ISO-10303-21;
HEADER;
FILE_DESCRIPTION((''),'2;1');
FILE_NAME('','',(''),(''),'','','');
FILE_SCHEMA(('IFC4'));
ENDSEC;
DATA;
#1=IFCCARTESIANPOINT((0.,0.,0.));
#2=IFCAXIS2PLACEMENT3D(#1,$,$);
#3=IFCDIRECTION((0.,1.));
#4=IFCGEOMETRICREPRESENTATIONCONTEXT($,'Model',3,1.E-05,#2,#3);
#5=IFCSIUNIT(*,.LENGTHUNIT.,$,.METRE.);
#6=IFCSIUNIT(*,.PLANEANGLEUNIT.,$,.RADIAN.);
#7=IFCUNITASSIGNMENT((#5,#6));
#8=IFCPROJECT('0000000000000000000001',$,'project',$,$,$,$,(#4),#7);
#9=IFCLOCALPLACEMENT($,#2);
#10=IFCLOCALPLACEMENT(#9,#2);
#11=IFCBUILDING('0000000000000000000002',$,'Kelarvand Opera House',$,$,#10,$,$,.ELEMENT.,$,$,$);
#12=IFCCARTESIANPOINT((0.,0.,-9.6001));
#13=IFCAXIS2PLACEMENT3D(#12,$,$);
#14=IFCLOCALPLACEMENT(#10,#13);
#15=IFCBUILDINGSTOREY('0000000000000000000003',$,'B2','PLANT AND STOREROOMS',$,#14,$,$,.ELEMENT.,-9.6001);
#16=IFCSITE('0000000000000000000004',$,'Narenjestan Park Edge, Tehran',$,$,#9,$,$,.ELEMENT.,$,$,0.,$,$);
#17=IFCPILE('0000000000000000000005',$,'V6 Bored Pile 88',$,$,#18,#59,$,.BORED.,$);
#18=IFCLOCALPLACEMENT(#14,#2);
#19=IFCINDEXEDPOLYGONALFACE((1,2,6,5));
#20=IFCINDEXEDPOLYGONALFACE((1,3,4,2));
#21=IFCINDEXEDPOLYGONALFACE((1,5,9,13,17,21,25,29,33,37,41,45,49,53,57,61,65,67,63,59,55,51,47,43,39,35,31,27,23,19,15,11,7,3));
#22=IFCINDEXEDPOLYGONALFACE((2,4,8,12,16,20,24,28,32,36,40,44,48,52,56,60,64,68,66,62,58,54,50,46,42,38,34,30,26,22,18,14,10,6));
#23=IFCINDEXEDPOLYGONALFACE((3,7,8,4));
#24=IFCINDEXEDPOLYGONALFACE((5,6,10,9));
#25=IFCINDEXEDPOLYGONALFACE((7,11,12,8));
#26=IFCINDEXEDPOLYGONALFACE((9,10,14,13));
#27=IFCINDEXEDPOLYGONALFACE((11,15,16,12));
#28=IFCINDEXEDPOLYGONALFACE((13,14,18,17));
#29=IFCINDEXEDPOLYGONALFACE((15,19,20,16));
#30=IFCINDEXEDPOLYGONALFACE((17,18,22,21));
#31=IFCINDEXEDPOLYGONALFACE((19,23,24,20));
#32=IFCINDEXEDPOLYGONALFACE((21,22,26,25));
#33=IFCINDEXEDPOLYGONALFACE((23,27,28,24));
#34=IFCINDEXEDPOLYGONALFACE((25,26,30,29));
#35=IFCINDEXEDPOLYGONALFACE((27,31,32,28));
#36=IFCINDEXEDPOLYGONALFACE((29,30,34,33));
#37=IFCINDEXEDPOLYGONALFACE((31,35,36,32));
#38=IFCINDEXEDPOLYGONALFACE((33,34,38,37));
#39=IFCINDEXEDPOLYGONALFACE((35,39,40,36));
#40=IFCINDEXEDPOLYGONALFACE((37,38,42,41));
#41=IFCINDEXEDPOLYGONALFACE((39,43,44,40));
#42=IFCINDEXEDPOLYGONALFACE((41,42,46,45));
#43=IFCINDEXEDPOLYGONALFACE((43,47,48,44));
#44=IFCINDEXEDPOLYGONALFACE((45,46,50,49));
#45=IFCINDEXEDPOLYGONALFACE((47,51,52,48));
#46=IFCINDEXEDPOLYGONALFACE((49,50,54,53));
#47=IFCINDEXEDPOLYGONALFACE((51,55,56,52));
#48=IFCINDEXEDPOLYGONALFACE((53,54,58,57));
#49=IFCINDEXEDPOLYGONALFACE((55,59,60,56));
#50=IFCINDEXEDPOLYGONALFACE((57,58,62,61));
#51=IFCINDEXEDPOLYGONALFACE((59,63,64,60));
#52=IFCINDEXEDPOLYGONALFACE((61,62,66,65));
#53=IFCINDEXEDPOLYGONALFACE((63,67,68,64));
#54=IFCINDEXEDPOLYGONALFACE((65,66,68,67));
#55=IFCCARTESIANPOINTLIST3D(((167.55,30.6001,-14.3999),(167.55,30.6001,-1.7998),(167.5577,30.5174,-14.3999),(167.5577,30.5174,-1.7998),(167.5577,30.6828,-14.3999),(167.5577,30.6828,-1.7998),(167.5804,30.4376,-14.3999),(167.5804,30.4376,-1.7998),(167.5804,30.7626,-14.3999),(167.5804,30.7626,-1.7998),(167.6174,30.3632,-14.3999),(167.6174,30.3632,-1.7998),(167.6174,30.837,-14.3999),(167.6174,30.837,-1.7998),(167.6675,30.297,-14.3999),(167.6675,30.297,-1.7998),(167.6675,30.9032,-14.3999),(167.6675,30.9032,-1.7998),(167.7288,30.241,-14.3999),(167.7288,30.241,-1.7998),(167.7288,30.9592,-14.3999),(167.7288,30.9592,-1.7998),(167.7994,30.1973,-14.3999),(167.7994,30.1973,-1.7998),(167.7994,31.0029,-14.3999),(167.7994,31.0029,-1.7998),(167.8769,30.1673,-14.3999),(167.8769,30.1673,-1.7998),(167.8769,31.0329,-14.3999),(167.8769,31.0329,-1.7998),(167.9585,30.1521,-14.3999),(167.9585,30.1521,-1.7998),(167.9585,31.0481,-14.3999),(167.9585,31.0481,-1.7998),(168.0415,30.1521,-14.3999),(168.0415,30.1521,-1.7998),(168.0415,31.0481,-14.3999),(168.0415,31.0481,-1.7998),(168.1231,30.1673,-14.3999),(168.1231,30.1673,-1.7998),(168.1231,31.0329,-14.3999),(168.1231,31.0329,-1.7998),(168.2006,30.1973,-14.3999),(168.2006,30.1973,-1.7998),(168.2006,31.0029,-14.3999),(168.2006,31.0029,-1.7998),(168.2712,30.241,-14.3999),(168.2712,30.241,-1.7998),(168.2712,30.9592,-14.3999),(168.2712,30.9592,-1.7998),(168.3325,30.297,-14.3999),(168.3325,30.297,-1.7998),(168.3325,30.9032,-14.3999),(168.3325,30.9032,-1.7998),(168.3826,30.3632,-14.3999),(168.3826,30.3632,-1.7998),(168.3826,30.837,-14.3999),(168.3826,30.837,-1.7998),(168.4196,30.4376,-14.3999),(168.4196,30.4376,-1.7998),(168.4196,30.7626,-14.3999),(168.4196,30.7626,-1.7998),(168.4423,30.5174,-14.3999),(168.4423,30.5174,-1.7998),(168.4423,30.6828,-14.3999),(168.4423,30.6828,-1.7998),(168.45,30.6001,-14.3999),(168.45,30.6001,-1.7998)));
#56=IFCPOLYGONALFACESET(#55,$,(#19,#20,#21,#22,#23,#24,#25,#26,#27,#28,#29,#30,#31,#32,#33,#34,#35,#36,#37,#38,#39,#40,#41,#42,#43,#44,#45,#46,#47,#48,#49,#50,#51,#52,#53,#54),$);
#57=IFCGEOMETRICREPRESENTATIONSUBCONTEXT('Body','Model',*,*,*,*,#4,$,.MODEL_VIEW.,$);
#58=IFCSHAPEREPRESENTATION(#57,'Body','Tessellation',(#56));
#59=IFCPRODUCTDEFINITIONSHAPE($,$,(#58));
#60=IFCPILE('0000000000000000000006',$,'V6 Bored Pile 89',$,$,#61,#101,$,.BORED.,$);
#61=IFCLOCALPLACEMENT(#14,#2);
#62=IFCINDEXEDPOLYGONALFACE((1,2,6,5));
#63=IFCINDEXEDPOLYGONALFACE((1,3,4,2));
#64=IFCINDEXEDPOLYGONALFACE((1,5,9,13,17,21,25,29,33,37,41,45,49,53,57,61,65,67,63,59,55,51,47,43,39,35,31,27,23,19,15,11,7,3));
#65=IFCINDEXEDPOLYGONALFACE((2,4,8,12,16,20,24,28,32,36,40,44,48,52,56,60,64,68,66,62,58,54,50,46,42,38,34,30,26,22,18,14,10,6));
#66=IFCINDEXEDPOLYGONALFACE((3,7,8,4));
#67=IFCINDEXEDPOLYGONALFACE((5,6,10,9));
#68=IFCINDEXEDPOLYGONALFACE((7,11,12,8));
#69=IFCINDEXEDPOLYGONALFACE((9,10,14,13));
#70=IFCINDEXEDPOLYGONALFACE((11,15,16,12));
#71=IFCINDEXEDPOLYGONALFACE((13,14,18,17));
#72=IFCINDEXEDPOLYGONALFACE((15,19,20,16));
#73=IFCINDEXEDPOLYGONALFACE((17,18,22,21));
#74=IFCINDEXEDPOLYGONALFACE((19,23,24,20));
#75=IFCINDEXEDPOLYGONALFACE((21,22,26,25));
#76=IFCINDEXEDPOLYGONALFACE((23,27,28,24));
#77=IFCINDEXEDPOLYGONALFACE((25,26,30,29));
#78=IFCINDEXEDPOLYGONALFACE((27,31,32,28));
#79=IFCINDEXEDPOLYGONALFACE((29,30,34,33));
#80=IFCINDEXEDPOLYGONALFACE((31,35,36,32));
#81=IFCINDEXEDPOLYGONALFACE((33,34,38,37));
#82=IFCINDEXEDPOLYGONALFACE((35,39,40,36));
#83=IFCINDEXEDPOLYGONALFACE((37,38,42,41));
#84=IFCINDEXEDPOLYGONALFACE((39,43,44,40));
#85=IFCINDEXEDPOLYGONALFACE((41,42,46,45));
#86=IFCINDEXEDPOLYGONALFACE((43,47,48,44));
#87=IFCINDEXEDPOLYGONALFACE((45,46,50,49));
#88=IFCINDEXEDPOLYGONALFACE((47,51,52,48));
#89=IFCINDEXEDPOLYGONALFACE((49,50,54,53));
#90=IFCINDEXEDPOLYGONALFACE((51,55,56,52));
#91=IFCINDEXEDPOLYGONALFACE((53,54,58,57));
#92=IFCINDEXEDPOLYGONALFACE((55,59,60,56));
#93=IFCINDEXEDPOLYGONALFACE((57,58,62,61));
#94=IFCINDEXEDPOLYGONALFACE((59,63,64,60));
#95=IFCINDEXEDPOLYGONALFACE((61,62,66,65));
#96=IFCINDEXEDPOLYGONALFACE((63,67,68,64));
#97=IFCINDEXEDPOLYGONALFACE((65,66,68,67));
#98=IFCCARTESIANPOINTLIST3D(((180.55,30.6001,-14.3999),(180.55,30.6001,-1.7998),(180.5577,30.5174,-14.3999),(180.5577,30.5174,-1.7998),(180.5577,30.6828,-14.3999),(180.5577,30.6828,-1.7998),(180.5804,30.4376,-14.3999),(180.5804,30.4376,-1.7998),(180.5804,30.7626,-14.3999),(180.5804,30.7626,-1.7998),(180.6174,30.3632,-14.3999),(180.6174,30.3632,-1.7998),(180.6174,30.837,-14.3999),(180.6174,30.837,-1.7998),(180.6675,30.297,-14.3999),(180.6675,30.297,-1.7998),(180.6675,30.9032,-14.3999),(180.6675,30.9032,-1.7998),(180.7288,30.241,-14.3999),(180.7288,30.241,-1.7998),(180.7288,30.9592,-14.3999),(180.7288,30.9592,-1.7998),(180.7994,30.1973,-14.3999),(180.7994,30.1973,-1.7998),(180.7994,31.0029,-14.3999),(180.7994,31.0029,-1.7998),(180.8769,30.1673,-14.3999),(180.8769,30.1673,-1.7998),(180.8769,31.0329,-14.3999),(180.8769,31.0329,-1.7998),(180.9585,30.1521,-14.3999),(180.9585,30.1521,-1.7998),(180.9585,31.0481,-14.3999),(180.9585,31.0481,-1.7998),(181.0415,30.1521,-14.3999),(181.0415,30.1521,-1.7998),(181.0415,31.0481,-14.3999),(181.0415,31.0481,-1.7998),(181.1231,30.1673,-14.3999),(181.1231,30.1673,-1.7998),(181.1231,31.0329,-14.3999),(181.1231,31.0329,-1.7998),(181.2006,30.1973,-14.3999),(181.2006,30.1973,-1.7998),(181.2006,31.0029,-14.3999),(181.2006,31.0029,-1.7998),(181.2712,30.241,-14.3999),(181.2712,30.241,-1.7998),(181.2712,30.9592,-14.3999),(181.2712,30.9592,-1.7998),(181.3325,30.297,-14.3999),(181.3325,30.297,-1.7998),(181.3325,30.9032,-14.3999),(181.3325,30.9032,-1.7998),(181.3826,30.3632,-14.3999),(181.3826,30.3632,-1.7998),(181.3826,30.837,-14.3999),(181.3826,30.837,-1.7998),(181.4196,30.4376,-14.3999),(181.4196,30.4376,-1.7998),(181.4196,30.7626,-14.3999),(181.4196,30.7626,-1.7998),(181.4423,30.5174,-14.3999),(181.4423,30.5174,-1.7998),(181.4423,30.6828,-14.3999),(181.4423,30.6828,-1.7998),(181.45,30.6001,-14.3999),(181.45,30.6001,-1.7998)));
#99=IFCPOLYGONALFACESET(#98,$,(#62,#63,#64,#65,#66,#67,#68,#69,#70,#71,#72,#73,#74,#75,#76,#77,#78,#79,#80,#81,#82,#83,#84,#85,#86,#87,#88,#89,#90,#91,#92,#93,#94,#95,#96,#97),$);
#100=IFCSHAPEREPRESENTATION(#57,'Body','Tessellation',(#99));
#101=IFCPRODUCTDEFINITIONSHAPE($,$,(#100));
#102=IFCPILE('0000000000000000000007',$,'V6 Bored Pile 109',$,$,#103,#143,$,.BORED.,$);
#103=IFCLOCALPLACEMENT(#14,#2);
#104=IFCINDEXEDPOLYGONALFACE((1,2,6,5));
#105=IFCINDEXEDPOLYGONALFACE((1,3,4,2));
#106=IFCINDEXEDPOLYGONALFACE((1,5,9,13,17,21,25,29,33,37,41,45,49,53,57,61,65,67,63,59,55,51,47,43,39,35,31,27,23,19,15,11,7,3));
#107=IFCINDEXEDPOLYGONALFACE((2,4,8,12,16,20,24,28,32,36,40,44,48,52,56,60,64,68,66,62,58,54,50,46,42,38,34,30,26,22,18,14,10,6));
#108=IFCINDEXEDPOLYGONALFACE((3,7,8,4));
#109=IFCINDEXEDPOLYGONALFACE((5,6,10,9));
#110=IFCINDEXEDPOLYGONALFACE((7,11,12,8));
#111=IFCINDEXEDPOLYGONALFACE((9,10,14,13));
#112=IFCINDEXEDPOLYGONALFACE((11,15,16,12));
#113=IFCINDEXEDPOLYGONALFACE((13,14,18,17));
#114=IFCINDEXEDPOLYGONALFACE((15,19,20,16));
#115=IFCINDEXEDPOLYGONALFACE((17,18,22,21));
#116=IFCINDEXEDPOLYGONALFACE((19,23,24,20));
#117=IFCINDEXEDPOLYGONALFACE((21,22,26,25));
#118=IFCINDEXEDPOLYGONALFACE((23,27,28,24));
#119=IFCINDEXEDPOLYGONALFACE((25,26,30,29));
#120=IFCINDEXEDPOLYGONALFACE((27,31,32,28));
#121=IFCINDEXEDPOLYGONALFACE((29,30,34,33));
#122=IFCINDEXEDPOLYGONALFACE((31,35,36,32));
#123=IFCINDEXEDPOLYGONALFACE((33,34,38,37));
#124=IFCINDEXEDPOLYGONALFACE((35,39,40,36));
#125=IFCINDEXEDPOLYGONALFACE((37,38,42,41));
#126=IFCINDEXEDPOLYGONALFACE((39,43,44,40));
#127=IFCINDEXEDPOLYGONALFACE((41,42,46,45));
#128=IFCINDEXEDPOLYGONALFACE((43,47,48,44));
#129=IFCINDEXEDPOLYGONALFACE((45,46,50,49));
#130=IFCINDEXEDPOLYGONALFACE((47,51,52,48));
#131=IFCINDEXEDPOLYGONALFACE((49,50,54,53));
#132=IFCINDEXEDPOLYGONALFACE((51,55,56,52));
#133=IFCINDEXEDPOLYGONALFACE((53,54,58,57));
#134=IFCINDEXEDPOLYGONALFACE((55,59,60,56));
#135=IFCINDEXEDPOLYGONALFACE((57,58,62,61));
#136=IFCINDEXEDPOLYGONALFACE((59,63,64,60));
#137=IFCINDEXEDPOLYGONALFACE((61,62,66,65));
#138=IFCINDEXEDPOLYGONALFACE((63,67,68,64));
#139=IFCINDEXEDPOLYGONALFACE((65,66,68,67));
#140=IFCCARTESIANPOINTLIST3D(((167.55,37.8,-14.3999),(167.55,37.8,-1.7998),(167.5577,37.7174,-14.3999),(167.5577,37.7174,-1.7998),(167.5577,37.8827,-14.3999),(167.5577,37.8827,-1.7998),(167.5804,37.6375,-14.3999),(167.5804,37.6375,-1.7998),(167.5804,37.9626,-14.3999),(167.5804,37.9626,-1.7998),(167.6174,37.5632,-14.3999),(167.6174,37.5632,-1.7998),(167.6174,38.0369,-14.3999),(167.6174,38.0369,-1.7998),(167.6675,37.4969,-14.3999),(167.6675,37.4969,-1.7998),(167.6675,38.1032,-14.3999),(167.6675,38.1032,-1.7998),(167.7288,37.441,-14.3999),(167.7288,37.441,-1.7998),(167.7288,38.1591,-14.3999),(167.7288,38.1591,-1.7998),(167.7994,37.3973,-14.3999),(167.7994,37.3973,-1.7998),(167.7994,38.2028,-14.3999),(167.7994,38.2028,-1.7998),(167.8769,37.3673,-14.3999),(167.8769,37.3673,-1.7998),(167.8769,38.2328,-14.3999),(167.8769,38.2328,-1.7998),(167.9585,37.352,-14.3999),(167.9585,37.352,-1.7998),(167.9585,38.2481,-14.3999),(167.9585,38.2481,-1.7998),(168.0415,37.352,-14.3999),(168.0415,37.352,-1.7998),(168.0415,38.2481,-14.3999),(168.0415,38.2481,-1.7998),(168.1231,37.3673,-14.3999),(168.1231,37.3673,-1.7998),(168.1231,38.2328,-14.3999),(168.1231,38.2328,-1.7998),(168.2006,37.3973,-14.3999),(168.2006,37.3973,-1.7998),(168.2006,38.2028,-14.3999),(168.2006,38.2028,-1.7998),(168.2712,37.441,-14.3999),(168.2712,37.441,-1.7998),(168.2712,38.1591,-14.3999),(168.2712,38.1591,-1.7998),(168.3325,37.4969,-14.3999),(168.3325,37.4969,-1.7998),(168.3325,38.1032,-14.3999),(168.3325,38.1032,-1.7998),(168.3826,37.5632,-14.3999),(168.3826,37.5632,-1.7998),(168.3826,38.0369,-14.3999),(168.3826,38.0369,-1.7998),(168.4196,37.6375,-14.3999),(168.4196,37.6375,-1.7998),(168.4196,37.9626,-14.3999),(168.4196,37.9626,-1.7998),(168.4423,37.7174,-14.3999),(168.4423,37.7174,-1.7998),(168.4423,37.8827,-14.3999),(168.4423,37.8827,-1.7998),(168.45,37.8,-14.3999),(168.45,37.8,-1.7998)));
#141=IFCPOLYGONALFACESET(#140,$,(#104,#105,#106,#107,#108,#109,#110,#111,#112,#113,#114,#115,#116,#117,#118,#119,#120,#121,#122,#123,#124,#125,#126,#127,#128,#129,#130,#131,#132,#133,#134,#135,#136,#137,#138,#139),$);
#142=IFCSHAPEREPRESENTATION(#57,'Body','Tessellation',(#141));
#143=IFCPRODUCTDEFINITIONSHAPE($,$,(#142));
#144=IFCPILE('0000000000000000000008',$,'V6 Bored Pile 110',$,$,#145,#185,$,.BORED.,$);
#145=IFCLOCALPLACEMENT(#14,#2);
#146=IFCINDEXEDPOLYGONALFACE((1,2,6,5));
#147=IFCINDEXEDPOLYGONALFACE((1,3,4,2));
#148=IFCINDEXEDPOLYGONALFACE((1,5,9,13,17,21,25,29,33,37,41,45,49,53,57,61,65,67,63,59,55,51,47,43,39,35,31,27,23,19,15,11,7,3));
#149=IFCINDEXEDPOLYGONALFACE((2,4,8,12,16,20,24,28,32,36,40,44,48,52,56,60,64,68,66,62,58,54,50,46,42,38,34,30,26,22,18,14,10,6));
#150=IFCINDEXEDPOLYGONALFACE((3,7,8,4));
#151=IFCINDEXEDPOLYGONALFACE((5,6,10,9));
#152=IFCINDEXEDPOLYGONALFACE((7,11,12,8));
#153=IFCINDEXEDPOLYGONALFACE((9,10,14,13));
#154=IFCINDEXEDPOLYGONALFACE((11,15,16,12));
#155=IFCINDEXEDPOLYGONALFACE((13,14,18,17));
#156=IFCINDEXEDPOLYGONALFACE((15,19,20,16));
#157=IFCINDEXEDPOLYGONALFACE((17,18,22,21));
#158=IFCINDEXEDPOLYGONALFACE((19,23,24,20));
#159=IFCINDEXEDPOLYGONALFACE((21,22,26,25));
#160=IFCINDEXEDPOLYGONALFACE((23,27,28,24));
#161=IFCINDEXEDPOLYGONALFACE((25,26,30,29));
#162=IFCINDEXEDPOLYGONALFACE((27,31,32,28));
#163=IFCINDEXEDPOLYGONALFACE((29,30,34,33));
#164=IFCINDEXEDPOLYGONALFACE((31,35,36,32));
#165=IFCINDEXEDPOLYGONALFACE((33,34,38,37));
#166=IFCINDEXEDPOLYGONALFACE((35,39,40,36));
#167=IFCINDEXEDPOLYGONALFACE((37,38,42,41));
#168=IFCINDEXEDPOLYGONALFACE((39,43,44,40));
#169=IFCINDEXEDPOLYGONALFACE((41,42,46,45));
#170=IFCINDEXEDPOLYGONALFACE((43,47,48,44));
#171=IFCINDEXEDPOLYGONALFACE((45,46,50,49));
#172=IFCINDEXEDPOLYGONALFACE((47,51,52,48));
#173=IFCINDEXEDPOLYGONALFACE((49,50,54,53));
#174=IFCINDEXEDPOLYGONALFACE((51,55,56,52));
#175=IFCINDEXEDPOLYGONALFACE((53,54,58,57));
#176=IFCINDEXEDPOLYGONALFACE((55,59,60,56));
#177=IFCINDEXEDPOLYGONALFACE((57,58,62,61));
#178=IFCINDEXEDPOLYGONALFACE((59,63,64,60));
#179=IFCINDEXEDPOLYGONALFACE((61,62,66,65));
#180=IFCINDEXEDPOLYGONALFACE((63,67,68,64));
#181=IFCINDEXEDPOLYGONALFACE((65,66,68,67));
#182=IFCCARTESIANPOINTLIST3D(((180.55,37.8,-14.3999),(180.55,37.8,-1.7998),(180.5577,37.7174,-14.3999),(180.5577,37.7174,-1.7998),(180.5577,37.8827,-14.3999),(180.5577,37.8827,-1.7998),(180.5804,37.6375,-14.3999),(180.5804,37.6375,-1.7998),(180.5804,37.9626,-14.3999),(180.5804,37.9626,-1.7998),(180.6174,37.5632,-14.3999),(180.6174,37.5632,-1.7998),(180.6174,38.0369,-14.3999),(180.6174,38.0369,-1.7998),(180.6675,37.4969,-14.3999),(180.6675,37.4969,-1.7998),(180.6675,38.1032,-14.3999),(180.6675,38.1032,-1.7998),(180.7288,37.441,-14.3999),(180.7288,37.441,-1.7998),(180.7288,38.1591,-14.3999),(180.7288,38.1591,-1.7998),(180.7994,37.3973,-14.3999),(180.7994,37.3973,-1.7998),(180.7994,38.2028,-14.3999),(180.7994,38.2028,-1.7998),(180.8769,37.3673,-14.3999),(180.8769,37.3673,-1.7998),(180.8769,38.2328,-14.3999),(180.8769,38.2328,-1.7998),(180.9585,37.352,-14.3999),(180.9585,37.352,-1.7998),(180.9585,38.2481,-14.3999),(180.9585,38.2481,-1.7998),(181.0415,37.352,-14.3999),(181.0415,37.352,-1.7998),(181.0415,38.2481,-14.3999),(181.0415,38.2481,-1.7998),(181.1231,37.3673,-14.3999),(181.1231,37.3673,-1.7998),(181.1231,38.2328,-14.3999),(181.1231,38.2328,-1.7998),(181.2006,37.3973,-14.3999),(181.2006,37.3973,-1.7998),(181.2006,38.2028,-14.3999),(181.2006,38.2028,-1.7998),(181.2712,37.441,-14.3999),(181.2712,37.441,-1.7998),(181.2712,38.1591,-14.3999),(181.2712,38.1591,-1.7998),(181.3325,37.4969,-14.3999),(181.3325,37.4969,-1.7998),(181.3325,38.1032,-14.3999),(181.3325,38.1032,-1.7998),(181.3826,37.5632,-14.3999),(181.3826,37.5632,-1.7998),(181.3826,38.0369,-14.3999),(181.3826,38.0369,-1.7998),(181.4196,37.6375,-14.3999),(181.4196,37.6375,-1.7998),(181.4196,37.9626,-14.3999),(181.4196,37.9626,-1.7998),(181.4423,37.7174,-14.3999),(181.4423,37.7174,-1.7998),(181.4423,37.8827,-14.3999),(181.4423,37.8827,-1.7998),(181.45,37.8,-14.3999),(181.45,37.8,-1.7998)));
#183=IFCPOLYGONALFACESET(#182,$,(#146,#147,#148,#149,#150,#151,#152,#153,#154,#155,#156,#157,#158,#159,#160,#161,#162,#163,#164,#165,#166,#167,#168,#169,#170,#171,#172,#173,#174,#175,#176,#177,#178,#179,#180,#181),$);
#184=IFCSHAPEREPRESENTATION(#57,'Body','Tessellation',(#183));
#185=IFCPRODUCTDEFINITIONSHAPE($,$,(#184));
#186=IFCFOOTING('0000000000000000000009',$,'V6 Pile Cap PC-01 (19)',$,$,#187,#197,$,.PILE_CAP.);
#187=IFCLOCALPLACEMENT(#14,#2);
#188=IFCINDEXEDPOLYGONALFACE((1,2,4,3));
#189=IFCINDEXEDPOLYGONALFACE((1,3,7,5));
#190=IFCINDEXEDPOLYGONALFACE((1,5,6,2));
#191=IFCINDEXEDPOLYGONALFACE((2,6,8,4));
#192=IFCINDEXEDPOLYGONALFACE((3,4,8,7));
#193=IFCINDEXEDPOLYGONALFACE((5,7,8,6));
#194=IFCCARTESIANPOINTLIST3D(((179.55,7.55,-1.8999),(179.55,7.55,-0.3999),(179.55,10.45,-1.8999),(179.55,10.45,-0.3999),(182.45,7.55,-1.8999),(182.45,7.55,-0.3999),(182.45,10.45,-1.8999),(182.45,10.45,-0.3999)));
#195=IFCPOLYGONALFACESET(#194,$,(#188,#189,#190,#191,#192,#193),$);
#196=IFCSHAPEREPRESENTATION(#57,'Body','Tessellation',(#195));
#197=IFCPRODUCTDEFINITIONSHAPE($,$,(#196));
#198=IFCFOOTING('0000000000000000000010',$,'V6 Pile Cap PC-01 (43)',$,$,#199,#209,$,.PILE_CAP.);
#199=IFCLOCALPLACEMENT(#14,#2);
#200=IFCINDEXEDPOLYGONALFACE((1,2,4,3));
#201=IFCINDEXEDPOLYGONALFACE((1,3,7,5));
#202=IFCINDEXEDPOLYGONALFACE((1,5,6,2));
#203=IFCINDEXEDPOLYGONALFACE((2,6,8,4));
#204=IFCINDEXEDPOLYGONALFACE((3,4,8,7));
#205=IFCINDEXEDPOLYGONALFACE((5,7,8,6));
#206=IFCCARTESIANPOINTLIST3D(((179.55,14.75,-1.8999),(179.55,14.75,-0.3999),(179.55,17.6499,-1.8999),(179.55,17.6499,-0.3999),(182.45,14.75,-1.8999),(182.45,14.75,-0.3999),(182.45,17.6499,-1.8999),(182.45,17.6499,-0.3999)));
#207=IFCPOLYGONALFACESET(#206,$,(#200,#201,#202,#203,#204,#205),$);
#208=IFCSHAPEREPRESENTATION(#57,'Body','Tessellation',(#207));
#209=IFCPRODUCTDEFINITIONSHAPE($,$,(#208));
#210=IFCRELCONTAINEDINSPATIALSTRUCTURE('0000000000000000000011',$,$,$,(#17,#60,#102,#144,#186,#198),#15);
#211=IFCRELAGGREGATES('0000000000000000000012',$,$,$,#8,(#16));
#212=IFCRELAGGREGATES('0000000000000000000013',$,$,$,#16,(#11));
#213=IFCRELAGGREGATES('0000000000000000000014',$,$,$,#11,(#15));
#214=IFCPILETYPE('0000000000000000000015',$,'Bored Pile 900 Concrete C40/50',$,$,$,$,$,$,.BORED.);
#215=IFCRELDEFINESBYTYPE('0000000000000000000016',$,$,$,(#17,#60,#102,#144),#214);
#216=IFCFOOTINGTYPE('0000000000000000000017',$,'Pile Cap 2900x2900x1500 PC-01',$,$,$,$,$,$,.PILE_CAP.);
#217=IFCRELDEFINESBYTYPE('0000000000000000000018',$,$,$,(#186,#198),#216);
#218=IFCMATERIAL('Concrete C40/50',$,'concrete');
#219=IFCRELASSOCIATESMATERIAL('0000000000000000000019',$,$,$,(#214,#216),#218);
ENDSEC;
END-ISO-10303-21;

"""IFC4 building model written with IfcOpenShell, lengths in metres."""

from ifc_helpers import new_model, si_unit, direction, frame, origin, origin_2d, place, context, subcontext, project, spatial, rectangle, circle, extrude, material, material_profile, profile_set, type_object, element, save


model = new_model("IFC4")

# Units and contexts
model_context = context("Model", 3, precision=1e-05, world=origin(), true_north=direction((0.0, 1.0)))
body_context = subcontext(model_context, "Body", "Model", "MODEL_VIEW")
ifc_project = project(units=[si_unit("LENGTHUNIT", "METRE"), si_unit("PLANEANGLEUNIT", "RADIAN")], contexts=[model_context])

# Site, building, storey
site_placement = place(None, origin())
site = spatial("IfcSite", under=ifc_project, at=site_placement, Name="Narenjestan Park Edge, Tehran", CompositionType="ELEMENT", RefElevation=0.0)
building_placement = place(site_placement, origin())
building = spatial("IfcBuilding", under=site, at=building_placement, Name="Kelarvand Opera House", CompositionType="ELEMENT")
storey_placement = place(building_placement, frame((0.0, 0.0, -9.6001)))
storey = spatial("IfcBuildingStorey", under=building, at=storey_placement, Name="B2", Description="PLANT AND STOREROOMS", CompositionType="ELEMENT", Elevation=-9.6001)

# Piles
ifc_material_1 = material(Name="Concrete C40/50", Category="concrete")
ifc_material_profile_1 = material_profile(ifc_material_1, circle(Radius=0.45, at=origin_2d()), Name="BP 900", Category="concrete")
ifc_profile_set_1 = profile_set([ifc_material_profile_1], Name="Concrete C40/50")
pile_type = type_object("IfcPileType", Name="Bored Pile 900 Concrete C40/50", PredefinedType="BORED", material=ifc_profile_set_1)
for number, where, z_axis, x_axis, name in (
    (1, (168.0, 30.6001, -1.7998), (0.0, 0.0, -1.0), (1.0, 0.0, 0.0), "V6 Bored Pile 88"),
    (2, (181.0, 30.6001, -1.7998), (0.0, 0.0, -1.0), (1.0, 0.0, 0.0), "V6 Bored Pile 89"),
    (3, (168.0, 37.8, -1.7998), (0.0, 0.0, -1.0), (1.0, 0.0, 0.0), "V6 Bored Pile 109"),
    (4, (181.0, 37.8, -1.7998), (0.0, 0.0, -1.0), (1.0, 0.0, 0.0), "V6 Bored Pile 110"),
):
    element("IfcPile", number, at=place(storey_placement, frame(where, z_axis=z_axis, x_axis=x_axis)), inside=storey, type_object=pile_type, Name=name, PredefinedType="BORED", context=body_context, shape_type="SweptSolid", body=[
        extrude(circle(Radius=0.45, at=origin_2d()), origin(), (0.0, 0.0, 1.0), 12.6001),
    ])

# Footings
footing_type = type_object("IfcFootingType", Name="Pile Cap 2900x2900x1500 PC-01", PredefinedType="PILE_CAP", material=ifc_material_1)
for number, where, z_axis, x_axis, name in (
    (5, (181.0, 9.0, -1.8999), (0.0, 0.0, 1.0), (1.0, 0.0, 0.0), "V6 Pile Cap PC-01 (19)"),
    (6, (181.0, 16.2, -1.8999), (0.0, 0.0, 1.0), (1.0, 0.0, 0.0), "V6 Pile Cap PC-01 (43)"),
):
    element("IfcFooting", number, at=place(storey_placement, frame(where, z_axis=z_axis, x_axis=x_axis)), inside=storey, type_object=footing_type, Name=name, PredefinedType="PILE_CAP", context=body_context, shape_type="SweptSolid", body=[
        extrude(rectangle(XDim=2.8999, YDim=2.8999, at=origin_2d()), origin(), (0.0, 0.0, 1.0), 1.5),
    ])

save(model, "model.ifc")
